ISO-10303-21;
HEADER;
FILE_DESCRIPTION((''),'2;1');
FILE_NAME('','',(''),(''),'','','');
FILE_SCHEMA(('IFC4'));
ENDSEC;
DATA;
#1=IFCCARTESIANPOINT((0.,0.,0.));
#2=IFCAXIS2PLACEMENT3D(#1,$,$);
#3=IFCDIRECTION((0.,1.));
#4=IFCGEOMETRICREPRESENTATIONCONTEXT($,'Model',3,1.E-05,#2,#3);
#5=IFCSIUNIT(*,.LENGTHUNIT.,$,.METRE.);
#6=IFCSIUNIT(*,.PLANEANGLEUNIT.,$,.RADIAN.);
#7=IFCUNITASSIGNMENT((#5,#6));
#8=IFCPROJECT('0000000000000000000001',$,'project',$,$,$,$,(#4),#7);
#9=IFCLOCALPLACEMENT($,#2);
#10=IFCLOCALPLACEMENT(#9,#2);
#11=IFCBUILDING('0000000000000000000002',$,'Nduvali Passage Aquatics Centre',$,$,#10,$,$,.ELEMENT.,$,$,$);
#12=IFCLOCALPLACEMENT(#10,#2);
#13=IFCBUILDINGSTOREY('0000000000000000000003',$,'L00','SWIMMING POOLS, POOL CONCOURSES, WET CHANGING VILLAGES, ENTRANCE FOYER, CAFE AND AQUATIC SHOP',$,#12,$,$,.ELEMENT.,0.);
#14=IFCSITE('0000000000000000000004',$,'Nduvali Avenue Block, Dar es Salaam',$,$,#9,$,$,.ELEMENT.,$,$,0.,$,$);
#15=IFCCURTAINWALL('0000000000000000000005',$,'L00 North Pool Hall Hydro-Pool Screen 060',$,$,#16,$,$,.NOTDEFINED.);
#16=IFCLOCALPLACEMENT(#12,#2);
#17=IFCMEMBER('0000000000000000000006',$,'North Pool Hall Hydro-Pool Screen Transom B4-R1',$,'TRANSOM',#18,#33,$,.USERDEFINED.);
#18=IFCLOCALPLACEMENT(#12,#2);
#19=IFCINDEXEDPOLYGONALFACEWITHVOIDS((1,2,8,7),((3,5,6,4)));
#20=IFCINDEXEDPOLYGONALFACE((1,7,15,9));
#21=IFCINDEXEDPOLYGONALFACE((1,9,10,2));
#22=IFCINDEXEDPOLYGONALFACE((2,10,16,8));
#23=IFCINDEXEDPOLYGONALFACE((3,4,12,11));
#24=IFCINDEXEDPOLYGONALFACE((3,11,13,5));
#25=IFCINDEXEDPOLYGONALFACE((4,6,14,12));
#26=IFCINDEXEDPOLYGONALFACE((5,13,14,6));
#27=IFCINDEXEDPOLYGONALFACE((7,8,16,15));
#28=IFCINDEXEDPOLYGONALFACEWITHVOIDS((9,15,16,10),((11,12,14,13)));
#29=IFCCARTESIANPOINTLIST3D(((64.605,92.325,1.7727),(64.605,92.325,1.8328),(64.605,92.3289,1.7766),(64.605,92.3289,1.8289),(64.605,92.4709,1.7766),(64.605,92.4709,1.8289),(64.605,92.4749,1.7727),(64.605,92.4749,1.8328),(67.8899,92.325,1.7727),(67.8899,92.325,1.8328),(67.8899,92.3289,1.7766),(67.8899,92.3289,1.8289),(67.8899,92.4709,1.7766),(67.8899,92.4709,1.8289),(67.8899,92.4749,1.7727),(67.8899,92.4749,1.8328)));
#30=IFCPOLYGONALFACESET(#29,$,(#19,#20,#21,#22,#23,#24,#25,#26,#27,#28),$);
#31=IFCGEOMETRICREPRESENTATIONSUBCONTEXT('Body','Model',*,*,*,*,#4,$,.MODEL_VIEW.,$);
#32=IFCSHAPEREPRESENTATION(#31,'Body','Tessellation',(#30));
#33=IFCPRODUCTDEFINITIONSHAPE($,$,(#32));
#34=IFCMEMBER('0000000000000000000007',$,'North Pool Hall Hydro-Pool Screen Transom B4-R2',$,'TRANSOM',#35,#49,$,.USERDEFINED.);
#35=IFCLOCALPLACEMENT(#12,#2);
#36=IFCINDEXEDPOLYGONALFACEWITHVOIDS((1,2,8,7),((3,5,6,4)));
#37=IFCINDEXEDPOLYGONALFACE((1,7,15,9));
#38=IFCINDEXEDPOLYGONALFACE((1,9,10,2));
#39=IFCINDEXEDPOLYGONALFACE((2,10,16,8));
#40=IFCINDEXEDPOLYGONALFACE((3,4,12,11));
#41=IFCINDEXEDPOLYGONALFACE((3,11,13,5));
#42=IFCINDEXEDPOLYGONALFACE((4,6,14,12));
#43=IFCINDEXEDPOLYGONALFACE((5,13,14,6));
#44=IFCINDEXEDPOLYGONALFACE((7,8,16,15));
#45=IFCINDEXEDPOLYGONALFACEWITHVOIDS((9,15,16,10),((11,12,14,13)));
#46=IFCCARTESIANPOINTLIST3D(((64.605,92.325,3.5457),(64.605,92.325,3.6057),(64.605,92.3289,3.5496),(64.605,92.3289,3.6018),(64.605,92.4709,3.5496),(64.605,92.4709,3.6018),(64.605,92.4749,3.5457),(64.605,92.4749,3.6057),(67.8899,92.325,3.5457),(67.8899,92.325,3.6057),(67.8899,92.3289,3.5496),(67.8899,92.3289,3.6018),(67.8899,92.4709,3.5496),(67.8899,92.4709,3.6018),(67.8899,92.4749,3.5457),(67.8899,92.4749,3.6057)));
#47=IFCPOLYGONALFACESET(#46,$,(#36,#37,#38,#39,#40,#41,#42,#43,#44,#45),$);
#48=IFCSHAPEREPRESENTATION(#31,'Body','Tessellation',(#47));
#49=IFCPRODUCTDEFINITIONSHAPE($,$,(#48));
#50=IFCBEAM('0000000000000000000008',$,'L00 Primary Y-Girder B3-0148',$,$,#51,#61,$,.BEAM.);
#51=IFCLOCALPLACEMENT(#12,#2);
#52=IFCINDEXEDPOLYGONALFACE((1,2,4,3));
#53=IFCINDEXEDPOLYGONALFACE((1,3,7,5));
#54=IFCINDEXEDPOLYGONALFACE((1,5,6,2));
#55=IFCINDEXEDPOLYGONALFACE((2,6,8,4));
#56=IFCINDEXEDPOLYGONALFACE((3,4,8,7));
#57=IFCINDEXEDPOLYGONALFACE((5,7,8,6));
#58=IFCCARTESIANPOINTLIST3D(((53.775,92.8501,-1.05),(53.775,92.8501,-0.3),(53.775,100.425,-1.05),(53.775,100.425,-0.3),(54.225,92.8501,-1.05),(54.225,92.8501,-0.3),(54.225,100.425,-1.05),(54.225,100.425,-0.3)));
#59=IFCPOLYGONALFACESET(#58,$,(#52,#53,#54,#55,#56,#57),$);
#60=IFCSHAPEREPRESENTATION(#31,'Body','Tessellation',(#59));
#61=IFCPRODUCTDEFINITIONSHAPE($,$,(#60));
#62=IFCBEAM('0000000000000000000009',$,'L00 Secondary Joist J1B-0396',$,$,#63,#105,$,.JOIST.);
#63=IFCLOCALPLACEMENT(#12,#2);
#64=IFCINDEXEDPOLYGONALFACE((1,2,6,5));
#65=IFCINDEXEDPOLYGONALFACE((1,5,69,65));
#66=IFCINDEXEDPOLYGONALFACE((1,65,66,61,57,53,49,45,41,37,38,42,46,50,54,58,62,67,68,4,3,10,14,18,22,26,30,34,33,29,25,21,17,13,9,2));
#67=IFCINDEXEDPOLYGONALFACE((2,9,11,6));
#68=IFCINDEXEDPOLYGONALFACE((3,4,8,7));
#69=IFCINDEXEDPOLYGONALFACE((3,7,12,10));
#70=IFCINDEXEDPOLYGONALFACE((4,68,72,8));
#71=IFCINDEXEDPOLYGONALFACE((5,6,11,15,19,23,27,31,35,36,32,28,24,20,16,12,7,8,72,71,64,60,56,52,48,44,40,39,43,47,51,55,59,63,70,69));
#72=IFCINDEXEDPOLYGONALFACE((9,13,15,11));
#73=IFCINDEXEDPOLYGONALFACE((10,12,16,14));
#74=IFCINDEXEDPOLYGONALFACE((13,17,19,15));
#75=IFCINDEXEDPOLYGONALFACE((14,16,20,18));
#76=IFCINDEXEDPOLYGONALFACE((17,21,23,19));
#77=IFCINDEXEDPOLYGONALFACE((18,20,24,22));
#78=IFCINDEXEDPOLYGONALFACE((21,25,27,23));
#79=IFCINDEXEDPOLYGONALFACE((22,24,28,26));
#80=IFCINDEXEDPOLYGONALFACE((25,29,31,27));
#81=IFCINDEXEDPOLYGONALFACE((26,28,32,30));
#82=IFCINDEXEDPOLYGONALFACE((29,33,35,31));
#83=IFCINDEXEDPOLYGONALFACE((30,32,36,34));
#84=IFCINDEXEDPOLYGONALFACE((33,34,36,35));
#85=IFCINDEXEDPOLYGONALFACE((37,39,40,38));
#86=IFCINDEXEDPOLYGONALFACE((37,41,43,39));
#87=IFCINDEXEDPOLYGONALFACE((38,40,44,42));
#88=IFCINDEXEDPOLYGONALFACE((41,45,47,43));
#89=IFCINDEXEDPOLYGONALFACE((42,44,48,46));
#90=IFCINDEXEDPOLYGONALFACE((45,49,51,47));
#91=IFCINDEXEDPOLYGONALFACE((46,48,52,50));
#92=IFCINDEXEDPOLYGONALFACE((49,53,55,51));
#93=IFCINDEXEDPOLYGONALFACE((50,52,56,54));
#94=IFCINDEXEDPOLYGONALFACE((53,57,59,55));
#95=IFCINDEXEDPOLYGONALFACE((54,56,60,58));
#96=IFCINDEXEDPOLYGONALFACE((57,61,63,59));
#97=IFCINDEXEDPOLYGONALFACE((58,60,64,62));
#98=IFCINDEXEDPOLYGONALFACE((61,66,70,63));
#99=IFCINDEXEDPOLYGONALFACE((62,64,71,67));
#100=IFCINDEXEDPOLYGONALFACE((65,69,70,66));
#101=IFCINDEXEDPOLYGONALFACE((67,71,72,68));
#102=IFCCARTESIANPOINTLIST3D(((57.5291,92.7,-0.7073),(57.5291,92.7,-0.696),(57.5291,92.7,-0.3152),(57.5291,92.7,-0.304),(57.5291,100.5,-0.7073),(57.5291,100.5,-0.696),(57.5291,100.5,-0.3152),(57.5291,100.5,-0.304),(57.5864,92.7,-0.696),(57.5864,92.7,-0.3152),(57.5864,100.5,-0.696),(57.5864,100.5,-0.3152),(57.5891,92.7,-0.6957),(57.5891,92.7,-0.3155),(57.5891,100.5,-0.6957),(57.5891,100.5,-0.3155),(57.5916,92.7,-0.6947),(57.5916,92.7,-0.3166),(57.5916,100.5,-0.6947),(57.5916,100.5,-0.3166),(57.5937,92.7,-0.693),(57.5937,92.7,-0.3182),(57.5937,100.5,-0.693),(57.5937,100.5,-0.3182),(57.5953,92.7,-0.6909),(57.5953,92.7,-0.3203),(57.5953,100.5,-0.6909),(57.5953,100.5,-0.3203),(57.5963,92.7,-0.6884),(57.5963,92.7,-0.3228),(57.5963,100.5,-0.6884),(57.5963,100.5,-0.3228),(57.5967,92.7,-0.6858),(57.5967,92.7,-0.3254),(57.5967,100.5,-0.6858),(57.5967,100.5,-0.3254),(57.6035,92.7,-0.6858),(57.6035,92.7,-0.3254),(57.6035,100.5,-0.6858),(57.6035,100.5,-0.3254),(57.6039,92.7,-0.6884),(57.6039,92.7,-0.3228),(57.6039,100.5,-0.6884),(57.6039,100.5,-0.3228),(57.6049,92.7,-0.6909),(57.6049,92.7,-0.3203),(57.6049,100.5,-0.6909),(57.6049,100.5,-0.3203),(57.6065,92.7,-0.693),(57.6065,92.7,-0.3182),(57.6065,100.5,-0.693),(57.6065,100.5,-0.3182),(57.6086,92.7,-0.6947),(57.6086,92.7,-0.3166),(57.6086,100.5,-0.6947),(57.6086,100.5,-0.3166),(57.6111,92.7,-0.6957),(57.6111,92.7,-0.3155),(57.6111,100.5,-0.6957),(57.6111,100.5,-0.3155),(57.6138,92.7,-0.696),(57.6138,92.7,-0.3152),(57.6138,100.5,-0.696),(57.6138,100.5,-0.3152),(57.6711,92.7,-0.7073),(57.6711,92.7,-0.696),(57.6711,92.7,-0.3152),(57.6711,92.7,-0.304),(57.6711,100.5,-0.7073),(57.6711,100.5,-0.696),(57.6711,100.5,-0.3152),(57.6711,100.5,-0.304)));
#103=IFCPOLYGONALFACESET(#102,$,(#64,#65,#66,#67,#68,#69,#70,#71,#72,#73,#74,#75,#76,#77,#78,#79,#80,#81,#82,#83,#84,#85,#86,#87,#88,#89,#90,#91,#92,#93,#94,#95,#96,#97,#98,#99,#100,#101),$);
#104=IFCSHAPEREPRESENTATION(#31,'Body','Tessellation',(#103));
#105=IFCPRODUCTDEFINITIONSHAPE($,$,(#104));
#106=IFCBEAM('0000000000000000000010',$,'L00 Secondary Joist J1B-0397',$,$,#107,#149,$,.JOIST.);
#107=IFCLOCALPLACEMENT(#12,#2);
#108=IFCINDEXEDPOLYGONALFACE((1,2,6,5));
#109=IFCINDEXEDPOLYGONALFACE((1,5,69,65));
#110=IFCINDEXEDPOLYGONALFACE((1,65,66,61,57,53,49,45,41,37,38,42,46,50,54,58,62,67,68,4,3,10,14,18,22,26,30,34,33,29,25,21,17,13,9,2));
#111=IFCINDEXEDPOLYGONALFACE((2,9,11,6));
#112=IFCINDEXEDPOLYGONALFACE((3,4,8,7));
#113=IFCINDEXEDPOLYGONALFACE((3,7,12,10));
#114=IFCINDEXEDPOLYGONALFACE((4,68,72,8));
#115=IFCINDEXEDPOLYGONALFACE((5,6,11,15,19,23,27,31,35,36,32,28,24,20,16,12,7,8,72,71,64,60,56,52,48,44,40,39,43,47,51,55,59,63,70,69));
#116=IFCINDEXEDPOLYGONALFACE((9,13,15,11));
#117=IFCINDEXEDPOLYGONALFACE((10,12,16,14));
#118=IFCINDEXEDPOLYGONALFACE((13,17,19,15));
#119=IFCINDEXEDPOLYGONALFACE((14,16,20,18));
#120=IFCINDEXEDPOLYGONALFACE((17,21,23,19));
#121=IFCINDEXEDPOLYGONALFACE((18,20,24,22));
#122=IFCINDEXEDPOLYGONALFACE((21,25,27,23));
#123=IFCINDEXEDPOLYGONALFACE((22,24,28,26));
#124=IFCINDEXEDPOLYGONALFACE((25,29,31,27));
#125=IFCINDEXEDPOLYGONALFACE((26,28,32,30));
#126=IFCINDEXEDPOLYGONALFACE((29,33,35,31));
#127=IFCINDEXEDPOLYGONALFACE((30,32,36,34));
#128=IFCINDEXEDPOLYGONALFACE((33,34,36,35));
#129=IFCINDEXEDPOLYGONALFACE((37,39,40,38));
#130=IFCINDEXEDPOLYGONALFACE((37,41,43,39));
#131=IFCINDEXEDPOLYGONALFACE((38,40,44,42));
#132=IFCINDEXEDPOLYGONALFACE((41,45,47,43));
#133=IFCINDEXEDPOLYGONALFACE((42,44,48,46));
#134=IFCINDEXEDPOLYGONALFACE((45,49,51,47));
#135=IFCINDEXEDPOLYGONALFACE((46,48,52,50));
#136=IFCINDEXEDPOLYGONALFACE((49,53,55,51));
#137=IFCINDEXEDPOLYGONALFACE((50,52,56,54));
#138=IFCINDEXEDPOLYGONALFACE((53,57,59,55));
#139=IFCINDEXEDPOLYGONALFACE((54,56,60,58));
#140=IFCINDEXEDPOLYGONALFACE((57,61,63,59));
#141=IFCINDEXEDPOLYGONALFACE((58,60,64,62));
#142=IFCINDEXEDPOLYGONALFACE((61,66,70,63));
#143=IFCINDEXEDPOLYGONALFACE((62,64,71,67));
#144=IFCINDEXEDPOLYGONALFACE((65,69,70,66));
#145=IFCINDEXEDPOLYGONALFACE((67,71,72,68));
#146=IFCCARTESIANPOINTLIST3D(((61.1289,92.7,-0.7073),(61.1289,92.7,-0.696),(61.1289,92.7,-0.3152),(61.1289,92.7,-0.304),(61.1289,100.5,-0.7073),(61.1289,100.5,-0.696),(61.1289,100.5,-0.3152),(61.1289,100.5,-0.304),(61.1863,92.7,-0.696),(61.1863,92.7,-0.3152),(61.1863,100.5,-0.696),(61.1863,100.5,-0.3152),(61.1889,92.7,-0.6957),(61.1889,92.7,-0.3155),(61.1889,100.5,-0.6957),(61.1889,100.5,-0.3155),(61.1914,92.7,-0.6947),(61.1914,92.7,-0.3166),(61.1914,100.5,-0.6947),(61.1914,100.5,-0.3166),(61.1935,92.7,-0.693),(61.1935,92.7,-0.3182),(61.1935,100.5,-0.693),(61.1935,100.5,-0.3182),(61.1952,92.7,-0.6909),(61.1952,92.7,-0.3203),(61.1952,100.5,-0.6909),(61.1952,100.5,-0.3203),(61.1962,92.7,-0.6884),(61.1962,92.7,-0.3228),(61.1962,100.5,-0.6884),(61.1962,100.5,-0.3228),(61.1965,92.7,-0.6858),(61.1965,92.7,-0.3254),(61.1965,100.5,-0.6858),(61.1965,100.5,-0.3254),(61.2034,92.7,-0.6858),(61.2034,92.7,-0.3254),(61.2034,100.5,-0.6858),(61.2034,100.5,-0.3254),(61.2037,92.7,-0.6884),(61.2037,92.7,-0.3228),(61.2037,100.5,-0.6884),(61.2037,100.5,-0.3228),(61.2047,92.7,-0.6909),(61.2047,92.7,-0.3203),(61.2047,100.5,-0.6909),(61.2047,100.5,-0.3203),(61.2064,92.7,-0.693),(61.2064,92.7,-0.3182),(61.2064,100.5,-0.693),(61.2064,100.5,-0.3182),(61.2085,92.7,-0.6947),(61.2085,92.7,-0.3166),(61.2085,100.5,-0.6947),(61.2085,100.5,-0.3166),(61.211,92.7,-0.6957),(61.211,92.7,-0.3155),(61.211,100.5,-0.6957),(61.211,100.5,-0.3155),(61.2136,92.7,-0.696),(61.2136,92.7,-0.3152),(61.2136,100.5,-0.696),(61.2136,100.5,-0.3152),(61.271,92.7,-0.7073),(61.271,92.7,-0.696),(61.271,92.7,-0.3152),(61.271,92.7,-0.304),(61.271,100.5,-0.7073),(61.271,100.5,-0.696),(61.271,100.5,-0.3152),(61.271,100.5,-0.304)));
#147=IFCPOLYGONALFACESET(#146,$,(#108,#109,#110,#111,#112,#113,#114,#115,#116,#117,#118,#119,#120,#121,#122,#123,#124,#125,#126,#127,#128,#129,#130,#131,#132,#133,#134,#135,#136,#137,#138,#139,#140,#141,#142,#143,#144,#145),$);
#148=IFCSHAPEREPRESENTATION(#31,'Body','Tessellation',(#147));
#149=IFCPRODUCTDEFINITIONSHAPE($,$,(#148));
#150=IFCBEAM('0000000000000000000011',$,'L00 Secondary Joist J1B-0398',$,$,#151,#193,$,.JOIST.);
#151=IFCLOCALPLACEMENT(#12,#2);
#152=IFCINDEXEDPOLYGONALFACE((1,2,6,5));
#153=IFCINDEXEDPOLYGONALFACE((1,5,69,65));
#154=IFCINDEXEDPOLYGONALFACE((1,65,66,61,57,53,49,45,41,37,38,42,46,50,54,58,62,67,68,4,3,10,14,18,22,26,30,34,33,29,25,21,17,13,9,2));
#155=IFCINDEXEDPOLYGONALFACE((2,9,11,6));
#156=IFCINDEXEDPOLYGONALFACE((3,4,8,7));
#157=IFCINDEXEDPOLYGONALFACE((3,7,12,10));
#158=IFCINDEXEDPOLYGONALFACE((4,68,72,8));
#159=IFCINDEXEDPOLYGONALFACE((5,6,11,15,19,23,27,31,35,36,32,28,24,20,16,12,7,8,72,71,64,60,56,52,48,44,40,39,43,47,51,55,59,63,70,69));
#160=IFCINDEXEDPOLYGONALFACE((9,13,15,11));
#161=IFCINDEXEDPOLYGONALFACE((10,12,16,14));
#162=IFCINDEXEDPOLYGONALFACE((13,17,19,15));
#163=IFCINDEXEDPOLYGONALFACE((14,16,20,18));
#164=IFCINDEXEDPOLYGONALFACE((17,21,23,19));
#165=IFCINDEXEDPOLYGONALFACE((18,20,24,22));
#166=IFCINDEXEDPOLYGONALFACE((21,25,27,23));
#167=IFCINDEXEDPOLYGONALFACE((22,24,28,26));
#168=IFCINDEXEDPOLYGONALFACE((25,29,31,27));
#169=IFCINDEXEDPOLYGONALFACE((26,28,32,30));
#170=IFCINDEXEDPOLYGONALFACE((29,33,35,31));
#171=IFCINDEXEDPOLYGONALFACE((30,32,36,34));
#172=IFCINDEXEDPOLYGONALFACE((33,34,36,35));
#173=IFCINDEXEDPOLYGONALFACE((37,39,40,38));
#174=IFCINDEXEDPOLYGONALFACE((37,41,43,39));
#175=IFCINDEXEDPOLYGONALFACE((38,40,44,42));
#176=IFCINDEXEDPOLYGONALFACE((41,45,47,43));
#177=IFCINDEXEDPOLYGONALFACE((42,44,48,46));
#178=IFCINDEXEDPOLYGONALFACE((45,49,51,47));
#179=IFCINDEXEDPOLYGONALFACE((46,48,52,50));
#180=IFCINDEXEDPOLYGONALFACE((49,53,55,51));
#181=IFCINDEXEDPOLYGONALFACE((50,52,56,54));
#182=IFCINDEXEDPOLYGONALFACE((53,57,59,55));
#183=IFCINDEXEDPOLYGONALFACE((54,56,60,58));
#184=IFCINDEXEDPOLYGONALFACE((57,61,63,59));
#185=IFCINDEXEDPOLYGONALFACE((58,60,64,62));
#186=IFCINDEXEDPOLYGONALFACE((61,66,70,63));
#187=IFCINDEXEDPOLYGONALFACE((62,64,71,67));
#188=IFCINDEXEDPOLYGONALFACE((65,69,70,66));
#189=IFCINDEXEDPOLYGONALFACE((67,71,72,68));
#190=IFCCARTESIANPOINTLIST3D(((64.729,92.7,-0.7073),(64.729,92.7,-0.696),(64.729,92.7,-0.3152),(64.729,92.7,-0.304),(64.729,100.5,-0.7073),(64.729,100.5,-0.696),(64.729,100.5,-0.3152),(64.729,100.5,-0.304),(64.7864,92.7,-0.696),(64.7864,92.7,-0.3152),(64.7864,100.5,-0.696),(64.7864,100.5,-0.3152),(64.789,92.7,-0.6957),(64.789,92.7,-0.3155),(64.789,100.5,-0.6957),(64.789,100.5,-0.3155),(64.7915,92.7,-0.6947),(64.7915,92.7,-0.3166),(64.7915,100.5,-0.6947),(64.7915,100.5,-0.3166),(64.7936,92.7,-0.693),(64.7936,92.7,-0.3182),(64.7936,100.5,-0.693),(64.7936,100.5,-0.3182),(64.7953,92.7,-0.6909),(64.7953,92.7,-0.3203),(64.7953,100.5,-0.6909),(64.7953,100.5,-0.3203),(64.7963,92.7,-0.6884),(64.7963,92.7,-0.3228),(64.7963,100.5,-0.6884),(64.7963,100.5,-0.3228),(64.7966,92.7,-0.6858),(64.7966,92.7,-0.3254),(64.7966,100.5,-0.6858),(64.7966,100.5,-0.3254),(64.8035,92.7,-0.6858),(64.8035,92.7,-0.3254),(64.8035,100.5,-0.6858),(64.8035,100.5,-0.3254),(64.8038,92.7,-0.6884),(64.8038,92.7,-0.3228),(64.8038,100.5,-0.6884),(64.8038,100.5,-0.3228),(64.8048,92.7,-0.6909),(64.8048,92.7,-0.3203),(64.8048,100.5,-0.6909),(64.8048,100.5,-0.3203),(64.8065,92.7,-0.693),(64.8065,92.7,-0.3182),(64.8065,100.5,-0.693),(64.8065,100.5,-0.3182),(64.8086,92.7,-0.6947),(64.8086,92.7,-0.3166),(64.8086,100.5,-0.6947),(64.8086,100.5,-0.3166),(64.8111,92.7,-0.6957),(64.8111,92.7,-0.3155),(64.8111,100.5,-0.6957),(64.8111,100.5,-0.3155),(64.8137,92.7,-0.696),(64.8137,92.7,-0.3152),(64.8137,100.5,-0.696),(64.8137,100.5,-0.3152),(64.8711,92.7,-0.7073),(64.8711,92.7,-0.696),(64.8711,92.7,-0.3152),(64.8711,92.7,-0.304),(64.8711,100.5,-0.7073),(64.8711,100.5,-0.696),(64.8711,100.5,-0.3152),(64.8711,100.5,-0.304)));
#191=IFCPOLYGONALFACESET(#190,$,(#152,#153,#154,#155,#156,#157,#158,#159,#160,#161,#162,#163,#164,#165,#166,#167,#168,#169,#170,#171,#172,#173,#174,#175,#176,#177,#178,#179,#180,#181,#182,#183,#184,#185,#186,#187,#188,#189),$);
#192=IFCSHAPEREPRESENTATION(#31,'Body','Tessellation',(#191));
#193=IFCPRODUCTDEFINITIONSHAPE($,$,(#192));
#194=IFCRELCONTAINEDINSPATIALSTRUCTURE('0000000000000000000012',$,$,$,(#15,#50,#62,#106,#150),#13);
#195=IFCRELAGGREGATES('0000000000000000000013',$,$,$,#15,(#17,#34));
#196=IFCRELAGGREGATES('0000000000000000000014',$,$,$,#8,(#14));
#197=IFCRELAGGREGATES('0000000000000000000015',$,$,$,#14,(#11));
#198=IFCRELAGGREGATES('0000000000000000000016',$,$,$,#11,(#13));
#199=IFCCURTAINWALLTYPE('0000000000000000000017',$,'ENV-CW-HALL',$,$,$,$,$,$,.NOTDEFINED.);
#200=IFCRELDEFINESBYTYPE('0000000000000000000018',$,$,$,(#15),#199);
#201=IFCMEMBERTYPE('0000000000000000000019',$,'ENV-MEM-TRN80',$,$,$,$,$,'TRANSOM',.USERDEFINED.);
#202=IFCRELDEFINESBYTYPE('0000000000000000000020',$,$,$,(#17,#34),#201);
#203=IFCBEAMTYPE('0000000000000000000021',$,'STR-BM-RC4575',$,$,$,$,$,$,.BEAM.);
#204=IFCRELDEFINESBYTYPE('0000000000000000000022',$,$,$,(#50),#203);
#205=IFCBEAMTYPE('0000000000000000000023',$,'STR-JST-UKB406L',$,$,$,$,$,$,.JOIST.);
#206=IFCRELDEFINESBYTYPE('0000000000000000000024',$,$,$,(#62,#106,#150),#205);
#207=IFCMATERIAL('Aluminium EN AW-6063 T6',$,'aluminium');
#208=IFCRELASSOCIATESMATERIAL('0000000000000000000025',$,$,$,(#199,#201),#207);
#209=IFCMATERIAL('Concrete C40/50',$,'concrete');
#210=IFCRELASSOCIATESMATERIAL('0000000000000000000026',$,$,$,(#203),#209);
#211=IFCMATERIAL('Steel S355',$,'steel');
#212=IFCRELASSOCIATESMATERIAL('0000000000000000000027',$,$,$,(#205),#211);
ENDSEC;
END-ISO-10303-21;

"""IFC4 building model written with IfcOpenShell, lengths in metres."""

from ifc_helpers import new_model, si_unit, direction, frame, origin, origin_2d, place, context, subcontext, project, spatial, rectangle, hollow_rectangle, i_section, extrude, material, material_profile, profile_set, type_object, element, aggregate, save


model = new_model("IFC4")

# Units and contexts
model_context = context("Model", 3, precision=1e-05, world=origin(), true_north=direction((0.0, 1.0)))
body_context = subcontext(model_context, "Body", "Model", "MODEL_VIEW")
ifc_project = project(units=[si_unit("LENGTHUNIT", "METRE"), si_unit("PLANEANGLEUNIT", "RADIAN")], contexts=[model_context])

# Site, building, storey
site_placement = place(None, origin())
site = spatial("IfcSite", under=ifc_project, at=site_placement, Name="Nduvali Avenue Block, Dar es Salaam", CompositionType="ELEMENT", RefElevation=0.0)
building_placement = place(site_placement, origin())
building = spatial("IfcBuilding", under=site, at=building_placement, Name="Nduvali Passage Aquatics Centre", CompositionType="ELEMENT")
storey_placement = place(building_placement, origin())
storey = spatial("IfcBuildingStorey", under=building, at=storey_placement, Name="L00", Description="SWIMMING POOLS, POOL CONCOURSES, WET CHANGING VILLAGES, ENTRANCE FOYER, CAFE AND AQUATIC SHOP", CompositionType="ELEMENT", Elevation=0.0)

# Curtain wall, members
ifc_material_1 = material(Name="Aluminium EN AW-6063 T6", Category="aluminium")
curtain_wall_type = type_object("IfcCurtainWallType", Name="ENV-CW-HALL", PredefinedType="NOTDEFINED", material=ifc_material_1)
curtain_wall_placement = place(storey_placement, origin())
curtain_wall = element("IfcCurtainWall", 1, at=curtain_wall_placement, inside=storey, type_object=curtain_wall_type, Name="L00 North Pool Hall Hydro-Pool Screen 060", PredefinedType="NOTDEFINED")
ifc_material_profile_1 = material_profile(ifc_material_1, hollow_rectangle(XDim=0.1499, YDim=0.0601, WallThickness=0.0039, at=origin_2d()), Name="ALU TRANSOM 150x60x4")
ifc_profile_set_1 = profile_set([ifc_material_profile_1], Name="Aluminium EN AW-6063 T6")
member_type_1 = type_object("IfcMemberType", Name="ENV-MEM-TRN80", ElementType="TRANSOM", PredefinedType="USERDEFINED", material=ifc_profile_set_1)
member_1_placement = place(storey_placement, frame((64.605, 92.3999, 1.8027), z_axis=(1.0, 0.0, 0.0), x_axis=(0.0, 1.0, 0.0)))
member_1 = element("IfcMember", 2, at=member_1_placement, type_object=member_type_1, Name="North Pool Hall Hydro-Pool Screen Transom B4-R1", ObjectType="TRANSOM", PredefinedType="USERDEFINED", context=body_context, shape_type="SweptSolid", body=[
    extrude(hollow_rectangle(XDim=0.1499, YDim=0.0601, WallThickness=0.0039, at=origin_2d()), origin(), (0.0, 0.0, 1.0), 3.2849),
])
member_2_placement = place(storey_placement, frame((64.605, 92.3999, 3.5757), z_axis=(1.0, 0.0, 0.0), x_axis=(0.0, 1.0, 0.0)))
member_2 = element("IfcMember", 3, at=member_2_placement, type_object=member_type_1, Name="North Pool Hall Hydro-Pool Screen Transom B4-R2", ObjectType="TRANSOM", PredefinedType="USERDEFINED", context=body_context, shape_type="SweptSolid", body=[
    extrude(hollow_rectangle(XDim=0.1499, YDim=0.0601, WallThickness=0.0039, at=origin_2d()), origin(), (0.0, 0.0, 1.0), 3.2849),
])

# Beams
ifc_material_2 = material(Name="Concrete C40/50", Category="concrete")
ifc_material_profile_2 = material_profile(ifc_material_2, rectangle(XDim=0.45, YDim=0.75, at=origin_2d()), Name="RC 450x750")
ifc_profile_set_2 = profile_set([ifc_material_profile_2], Name="Concrete C40/50")
beam_type_1 = type_object("IfcBeamType", Name="STR-BM-RC4575", PredefinedType="BEAM", material=ifc_profile_set_2)
beam_placement = place(storey_placement, frame((54.0, 92.8501, -0.675), z_axis=(0.0, 1.0, 0.0), x_axis=(-1.0, 0.0, 0.0)))
element("IfcBeam", 4, at=beam_placement, inside=storey, type_object=beam_type_1, Name="L00 Primary Y-Girder B3-0148", PredefinedType="BEAM", context=body_context, shape_type="SweptSolid", body=[
    extrude(rectangle(XDim=0.45, YDim=0.75, at=origin_2d()), origin(), (0.0, 0.0, 1.0), 7.575),
])
ifc_material_3 = material(Name="Steel S355", Category="steel")
ifc_material_profile_3 = material_profile(ifc_material_3, i_section(OverallWidth=0.1421, OverallDepth=0.4033, WebThickness=0.0068, FlangeThickness=0.0112, FilletRadius=0.0103, at=origin_2d()), Name="UKB 406x140x46")
ifc_profile_set_3 = profile_set([ifc_material_profile_3], Name="Steel S355")
beam_type_2 = type_object("IfcBeamType", Name="STR-JST-UKB406L", PredefinedType="JOIST", material=ifc_profile_set_3)
for number, where, z_axis, x_axis, name in (
    (5, (57.6001, 92.7, -0.5056), (0.0, 1.0, 0.0), (-1.0, 0.0, 0.0), "L00 Secondary Joist J1B-0396"),
    (6, (61.2, 92.7, -0.5056), (0.0, 1.0, 0.0), (-1.0, 0.0, 0.0), "L00 Secondary Joist J1B-0397"),
    (7, (64.8, 92.7, -0.5056), (0.0, 1.0, 0.0), (-1.0, 0.0, 0.0), "L00 Secondary Joist J1B-0398"),
):
    element("IfcBeam", number, at=place(storey_placement, frame(where, z_axis=z_axis, x_axis=x_axis)), inside=storey, type_object=beam_type_2, Name=name, PredefinedType="JOIST", context=body_context, shape_type="SweptSolid", body=[
        extrude(i_section(OverallWidth=0.1421, OverallDepth=0.4033, WebThickness=0.0068, FlangeThickness=0.0112, FilletRadius=0.0103, at=origin_2d()), origin(), (0.0, 0.0, 1.0), 7.8),
    ])

aggregate(curtain_wall, [member_1, member_2])

save(model, "model.ifc")
